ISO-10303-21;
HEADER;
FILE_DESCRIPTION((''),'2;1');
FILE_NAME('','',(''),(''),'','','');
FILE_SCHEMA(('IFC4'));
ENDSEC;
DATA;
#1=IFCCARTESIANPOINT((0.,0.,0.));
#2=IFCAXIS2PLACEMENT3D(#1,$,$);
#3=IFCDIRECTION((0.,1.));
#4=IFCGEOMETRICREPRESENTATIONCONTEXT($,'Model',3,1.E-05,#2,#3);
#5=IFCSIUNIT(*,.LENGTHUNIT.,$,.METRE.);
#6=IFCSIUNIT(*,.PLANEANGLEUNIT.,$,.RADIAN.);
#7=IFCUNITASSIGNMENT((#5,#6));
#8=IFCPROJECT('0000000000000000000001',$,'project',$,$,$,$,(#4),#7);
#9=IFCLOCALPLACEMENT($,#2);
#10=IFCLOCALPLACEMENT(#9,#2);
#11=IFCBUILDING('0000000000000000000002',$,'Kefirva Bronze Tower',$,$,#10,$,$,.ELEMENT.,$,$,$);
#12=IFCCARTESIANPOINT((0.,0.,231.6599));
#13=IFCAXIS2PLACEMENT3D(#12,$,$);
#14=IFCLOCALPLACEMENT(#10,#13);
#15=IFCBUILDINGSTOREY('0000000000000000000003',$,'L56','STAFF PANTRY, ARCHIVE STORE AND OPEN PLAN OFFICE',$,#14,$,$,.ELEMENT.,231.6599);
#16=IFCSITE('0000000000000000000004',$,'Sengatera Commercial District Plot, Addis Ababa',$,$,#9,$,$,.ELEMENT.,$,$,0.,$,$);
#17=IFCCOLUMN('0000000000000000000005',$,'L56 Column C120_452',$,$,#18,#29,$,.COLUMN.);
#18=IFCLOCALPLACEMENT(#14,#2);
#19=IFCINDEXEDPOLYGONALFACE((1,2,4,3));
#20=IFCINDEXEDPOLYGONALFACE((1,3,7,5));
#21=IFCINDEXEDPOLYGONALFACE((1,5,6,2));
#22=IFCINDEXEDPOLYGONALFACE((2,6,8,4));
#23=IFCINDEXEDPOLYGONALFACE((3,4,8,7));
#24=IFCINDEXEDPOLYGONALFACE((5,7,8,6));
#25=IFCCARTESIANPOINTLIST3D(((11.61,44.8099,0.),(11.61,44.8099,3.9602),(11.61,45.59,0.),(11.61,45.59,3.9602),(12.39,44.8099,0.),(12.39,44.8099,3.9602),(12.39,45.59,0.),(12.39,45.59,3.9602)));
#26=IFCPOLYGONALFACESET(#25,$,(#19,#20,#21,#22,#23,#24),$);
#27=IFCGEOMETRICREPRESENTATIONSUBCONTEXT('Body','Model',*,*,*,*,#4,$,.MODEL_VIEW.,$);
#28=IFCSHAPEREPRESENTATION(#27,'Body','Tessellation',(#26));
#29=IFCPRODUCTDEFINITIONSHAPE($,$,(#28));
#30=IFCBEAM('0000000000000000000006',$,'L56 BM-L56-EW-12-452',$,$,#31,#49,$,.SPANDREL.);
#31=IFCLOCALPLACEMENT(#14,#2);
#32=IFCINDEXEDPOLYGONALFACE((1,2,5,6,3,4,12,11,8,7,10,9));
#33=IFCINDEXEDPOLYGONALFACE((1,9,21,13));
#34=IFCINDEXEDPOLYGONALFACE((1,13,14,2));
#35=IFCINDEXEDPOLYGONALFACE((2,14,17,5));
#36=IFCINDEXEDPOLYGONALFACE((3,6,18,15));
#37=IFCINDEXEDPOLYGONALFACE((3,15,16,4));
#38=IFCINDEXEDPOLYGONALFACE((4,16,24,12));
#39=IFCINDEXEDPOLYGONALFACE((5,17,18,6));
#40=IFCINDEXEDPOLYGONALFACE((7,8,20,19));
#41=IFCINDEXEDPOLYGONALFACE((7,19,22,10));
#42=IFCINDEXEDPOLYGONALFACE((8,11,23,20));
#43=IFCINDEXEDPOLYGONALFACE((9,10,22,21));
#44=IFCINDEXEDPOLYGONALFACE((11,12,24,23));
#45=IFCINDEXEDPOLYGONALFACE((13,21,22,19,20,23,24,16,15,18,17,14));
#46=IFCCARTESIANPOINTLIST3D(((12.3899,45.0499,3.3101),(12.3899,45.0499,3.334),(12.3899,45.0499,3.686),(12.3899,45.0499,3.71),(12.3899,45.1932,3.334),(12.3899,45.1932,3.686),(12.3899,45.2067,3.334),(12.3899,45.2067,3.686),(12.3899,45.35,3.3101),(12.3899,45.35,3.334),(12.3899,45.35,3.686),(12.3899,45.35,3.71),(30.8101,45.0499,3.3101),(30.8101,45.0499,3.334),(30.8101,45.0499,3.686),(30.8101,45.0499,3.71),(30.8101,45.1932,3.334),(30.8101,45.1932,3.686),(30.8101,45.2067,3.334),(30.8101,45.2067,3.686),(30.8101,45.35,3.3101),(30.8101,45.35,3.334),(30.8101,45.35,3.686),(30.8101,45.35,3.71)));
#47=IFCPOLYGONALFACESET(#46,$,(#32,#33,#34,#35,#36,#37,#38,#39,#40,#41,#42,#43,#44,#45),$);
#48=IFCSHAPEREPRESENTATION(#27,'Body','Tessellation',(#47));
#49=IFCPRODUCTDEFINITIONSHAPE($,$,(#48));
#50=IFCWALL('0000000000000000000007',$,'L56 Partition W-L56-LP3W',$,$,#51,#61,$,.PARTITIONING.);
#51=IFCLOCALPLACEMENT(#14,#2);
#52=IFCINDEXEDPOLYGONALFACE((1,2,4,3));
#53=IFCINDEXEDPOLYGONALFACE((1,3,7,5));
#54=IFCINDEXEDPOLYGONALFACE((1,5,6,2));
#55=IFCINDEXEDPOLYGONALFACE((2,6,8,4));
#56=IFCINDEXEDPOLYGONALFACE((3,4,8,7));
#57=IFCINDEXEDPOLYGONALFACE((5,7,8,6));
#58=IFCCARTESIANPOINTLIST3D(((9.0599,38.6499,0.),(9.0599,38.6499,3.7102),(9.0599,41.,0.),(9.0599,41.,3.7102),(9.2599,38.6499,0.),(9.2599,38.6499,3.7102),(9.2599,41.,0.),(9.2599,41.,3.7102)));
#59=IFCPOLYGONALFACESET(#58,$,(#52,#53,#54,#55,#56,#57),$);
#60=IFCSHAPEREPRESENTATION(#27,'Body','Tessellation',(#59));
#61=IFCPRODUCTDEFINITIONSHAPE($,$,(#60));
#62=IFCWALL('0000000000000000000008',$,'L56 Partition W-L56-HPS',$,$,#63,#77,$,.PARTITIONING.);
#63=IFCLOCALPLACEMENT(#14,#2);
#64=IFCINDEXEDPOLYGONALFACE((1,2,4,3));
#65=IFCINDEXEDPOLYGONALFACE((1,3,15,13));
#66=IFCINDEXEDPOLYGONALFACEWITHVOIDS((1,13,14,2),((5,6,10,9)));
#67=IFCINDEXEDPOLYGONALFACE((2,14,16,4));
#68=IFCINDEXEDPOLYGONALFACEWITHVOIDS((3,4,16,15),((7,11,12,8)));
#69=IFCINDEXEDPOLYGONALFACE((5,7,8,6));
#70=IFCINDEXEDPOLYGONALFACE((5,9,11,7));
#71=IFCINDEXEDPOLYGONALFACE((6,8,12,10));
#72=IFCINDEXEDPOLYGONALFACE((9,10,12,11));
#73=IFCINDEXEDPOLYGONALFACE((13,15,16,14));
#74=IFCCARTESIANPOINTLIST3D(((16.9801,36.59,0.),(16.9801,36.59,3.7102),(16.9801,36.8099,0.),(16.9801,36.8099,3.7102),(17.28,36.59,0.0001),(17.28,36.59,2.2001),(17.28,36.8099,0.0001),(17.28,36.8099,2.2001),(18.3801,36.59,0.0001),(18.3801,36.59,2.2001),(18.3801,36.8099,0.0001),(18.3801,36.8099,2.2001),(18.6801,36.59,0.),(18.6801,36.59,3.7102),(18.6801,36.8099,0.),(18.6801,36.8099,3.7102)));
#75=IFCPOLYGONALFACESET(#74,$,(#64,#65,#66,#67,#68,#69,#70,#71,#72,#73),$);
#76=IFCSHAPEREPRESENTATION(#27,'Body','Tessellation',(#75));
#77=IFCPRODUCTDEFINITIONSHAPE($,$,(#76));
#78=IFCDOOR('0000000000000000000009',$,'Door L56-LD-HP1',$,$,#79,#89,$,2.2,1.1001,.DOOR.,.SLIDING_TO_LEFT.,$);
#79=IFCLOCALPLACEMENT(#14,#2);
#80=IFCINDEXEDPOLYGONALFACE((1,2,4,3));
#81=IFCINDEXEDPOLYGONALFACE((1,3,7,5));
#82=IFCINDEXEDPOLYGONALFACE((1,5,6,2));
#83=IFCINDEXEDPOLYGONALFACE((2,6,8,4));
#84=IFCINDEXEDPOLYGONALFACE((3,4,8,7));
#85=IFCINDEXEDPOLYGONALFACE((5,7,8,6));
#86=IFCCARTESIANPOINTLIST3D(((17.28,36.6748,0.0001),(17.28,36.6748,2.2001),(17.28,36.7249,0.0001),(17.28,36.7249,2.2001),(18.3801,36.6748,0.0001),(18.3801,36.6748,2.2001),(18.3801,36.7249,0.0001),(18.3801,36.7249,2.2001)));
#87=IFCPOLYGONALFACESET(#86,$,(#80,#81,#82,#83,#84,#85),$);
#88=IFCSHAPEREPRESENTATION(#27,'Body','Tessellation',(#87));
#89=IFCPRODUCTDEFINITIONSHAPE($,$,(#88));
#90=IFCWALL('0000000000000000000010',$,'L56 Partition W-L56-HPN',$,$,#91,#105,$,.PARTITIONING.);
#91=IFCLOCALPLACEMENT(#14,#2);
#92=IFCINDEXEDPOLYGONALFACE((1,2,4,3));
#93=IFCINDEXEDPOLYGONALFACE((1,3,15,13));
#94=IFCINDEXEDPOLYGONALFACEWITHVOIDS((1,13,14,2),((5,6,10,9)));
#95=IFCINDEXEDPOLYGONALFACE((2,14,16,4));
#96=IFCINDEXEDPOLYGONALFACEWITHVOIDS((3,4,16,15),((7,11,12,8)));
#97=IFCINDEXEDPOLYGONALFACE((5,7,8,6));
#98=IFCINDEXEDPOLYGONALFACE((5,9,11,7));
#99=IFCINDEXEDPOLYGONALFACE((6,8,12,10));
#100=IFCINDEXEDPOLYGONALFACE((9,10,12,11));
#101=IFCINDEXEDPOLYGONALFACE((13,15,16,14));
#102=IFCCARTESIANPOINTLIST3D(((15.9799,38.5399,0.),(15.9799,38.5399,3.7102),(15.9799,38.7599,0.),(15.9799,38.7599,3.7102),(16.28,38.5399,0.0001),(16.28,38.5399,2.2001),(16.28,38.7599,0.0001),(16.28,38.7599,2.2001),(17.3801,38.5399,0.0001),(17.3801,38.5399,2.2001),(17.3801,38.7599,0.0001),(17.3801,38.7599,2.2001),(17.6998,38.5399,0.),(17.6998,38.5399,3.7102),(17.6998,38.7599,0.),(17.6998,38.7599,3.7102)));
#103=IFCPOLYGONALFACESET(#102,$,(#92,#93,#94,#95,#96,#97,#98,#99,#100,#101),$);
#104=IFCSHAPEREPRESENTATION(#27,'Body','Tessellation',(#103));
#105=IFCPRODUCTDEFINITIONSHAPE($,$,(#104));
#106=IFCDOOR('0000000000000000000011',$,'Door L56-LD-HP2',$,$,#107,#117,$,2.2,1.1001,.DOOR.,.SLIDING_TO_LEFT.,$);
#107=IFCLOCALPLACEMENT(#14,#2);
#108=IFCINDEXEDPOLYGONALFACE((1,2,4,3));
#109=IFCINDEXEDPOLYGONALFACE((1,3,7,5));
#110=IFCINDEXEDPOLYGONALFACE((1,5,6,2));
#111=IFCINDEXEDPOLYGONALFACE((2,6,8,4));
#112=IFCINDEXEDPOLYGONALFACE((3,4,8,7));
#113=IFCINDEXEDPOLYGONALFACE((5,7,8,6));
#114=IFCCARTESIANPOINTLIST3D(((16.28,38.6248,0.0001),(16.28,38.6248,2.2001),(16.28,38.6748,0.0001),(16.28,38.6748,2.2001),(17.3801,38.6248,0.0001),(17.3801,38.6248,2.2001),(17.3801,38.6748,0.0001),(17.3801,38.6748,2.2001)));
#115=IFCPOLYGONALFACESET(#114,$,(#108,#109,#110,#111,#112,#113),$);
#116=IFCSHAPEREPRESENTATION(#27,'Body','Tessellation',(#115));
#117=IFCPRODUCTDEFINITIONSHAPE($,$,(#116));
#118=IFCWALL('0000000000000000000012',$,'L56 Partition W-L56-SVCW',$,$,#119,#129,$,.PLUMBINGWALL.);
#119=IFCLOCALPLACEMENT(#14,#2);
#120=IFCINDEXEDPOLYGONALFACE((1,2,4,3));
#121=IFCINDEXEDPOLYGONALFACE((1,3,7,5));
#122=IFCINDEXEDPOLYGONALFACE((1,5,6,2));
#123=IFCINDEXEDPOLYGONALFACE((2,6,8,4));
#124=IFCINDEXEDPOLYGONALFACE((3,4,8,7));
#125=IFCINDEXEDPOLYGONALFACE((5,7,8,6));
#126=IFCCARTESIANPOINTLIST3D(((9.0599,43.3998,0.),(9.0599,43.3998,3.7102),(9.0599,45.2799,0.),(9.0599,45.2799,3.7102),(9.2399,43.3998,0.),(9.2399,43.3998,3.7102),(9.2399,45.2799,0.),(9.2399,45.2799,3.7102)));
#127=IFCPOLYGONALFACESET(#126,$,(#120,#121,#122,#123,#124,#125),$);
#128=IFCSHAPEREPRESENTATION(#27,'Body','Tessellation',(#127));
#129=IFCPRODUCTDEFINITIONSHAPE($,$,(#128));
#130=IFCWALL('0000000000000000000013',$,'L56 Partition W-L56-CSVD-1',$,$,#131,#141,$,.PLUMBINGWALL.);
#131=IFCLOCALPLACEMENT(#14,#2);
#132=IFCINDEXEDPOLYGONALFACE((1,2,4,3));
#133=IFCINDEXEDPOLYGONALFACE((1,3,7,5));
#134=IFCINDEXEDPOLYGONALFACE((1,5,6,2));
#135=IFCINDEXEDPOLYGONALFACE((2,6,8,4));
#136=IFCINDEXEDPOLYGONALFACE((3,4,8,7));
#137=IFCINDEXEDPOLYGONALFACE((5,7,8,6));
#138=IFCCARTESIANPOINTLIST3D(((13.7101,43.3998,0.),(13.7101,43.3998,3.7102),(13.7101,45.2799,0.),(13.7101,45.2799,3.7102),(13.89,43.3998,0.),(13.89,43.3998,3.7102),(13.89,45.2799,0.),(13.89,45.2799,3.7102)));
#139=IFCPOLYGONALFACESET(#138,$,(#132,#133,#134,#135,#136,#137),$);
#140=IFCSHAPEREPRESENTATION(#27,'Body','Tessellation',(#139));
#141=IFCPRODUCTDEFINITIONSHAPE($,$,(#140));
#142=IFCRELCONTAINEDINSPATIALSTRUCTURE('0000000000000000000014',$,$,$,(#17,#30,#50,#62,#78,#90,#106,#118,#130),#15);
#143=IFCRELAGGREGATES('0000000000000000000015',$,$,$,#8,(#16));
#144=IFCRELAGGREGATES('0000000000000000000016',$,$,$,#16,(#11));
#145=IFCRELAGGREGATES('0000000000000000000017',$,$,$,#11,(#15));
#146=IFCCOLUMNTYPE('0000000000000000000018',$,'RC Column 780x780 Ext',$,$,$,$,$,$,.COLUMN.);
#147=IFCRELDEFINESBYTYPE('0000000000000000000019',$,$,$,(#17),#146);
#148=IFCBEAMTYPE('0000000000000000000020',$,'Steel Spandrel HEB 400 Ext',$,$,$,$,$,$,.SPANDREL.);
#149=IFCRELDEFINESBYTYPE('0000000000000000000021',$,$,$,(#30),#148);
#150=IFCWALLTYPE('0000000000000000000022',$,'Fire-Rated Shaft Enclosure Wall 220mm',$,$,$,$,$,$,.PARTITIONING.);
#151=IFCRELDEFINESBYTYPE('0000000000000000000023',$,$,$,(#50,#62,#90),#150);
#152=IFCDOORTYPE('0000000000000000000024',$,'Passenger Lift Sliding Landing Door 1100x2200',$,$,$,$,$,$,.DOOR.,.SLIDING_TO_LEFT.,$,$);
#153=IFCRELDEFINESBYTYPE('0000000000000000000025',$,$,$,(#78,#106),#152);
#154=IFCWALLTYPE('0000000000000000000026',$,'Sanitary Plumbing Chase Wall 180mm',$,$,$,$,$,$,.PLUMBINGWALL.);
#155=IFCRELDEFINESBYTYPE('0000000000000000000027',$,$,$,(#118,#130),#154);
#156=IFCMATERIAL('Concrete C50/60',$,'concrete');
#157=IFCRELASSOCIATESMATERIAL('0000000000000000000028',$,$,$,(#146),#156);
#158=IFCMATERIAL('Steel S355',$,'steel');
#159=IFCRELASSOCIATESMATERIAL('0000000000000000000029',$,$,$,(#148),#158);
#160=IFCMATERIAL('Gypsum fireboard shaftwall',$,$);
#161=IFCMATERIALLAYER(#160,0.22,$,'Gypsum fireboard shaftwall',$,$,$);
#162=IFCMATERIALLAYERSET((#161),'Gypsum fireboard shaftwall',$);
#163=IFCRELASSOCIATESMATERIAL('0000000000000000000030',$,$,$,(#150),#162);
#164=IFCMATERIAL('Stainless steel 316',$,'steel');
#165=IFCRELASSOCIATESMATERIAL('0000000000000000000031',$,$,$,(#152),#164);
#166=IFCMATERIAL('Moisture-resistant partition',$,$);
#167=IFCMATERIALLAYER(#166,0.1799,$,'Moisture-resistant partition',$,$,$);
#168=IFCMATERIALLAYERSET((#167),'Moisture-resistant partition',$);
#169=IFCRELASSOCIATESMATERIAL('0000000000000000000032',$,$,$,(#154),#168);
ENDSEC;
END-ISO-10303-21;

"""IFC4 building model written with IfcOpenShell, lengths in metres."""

from ifc_helpers import new_model, si_unit, direction, frame, frame_2d, origin, origin_2d, place, context, subcontext, project, spatial, rectangle, i_section, extrude, material, layer, layer_set, material_profile, profile_set, type_object, element, fill, save


model = new_model("IFC4")

# Units and contexts
model_context = context("Model", 3, precision=1e-05, world=origin(), true_north=direction((0.0, 1.0)))
body_context = subcontext(model_context, "Body", "Model", "MODEL_VIEW")
ifc_project = project(units=[si_unit("LENGTHUNIT", "METRE"), si_unit("PLANEANGLEUNIT", "RADIAN")], contexts=[model_context])

# Site, building, storey
site_placement = place(None, origin())
site = spatial("IfcSite", under=ifc_project, at=site_placement, Name="Sengatera Commercial District Plot, Addis Ababa", CompositionType="ELEMENT", RefElevation=0.0)
building_placement = place(site_placement, origin())
building = spatial("IfcBuilding", under=site, at=building_placement, Name="Kefirva Bronze Tower", CompositionType="ELEMENT")
storey_placement = place(building_placement, frame((0.0, 0.0, 231.6599)))
storey = spatial("IfcBuildingStorey", under=building, at=storey_placement, Name="L56", Description="STAFF PANTRY, ARCHIVE STORE AND OPEN PLAN OFFICE", CompositionType="ELEMENT", Elevation=231.6599)

# Column
ifc_material_1 = material(Name="Concrete C50/60", Category="concrete")
ifc_material_profile_1 = material_profile(ifc_material_1, rectangle(XDim=0.78, YDim=0.78, at=origin_2d()), Name="RC 780x780")
ifc_profile_set_1 = profile_set([ifc_material_profile_1], Name="Concrete C50/60")
column_type = type_object("IfcColumnType", Name="RC Column 780x780 Ext", PredefinedType="COLUMN", material=ifc_profile_set_1)
column_placement = place(storey_placement, frame((12.0, 45.2, 0.0), z_axis=(0.0, 0.0, 1.0), x_axis=(1.0, 0.0, 0.0)))
element("IfcColumn", 1, at=column_placement, inside=storey, type_object=column_type, Name="L56 Column C120_452", PredefinedType="COLUMN", context=body_context, shape_type="SweptSolid", body=[
    extrude(rectangle(XDim=0.78, YDim=0.78, at=origin_2d()), origin(), (0.0, 0.0, 1.0), 3.9602),
])

# Beam
ifc_material_2 = material(Name="Steel S355", Category="steel")
ifc_material_profile_2 = material_profile(ifc_material_2, i_section(OverallWidth=0.3, OverallDepth=0.3999, WebThickness=0.0134, FlangeThickness=0.0239, at=origin_2d()), Name="HEB 400")
ifc_profile_set_2 = profile_set([ifc_material_profile_2], Name="Steel S355")
beam_type = type_object("IfcBeamType", Name="Steel Spandrel HEB 400 Ext", PredefinedType="SPANDREL", material=ifc_profile_set_2)
beam_placement = place(storey_placement, frame((12.3899, 45.2, 3.51), z_axis=(1.0, 0.0, 0.0), x_axis=(0.0, 1.0, 0.0)))
element("IfcBeam", 2, at=beam_placement, inside=storey, type_object=beam_type, Name="L56 BM-L56-EW-12-452", PredefinedType="SPANDREL", context=body_context, shape_type="SweptSolid", body=[
    extrude(i_section(OverallWidth=0.3, OverallDepth=0.3999, WebThickness=0.0134, FlangeThickness=0.0239, at=origin_2d()), origin(), (0.0, 0.0, 1.0), 18.4202),
])

# Wall
ifc_material_3 = material(Name="Gypsum fireboard shaftwall")
ifc_layer_1 = layer(ifc_material_3, 0.22, Name="Gypsum fireboard shaftwall")
ifc_layer_set_1 = layer_set([ifc_layer_1], Name="Gypsum fireboard shaftwall")
wall_type_1 = type_object("IfcWallType", Name="Fire-Rated Shaft Enclosure Wall 220mm", PredefinedType="PARTITIONING", material=ifc_layer_set_1)
wall_1_placement = place(storey_placement, frame((9.1599, 38.6499, 0.0), z_axis=(0.0, 0.0, 1.0), x_axis=(0.0, 1.0, 0.0)))
element("IfcWall", 3, at=wall_1_placement, inside=storey, type_object=wall_type_1, Name="L56 Partition W-L56-LP3W", PredefinedType="PARTITIONING", context=body_context, shape_type="SweptSolid", body=[
    extrude(rectangle(XDim=2.3501, YDim=0.2, at=frame_2d((1.175, 0.0))), origin(), (0.0, 0.0, 1.0), 3.7102),
])

# Walls, openings, doors
wall_2_placement = place(storey_placement, frame((16.98, 36.7, 0.0), z_axis=(0.0, 0.0, 1.0), x_axis=(1.0, 0.0, 0.0)))
wall_2 = element("IfcWall", 4, at=wall_2_placement, inside=storey, type_object=wall_type_1, Name="L56 Partition W-L56-HPS", PredefinedType="PARTITIONING", context=body_context, shape_type="SweptSolid", body=[
    extrude(rectangle(XDim=1.7, YDim=0.22, at=frame_2d((0.8501, 0.0))), origin(), (0.0, 0.0, 1.0), 3.7102),
])
opening_1_placement = place(wall_2_placement, frame((0.3, 0.0, 0.0)))
opening_1 = element("IfcOpeningElement", 5, at=opening_1_placement, cuts=wall_2, PredefinedType="OPENING", context=body_context, shape_type="SweptSolid", body=[
    extrude(rectangle(XDim=1.1001, YDim=2.2, at=frame_2d((0.55, 1.1001))), frame((0.0, 0.1201, 0.0), z_axis=(0.0, -1.0, 0.0), x_axis=(1.0, 0.0, 0.0)), (0.0, 0.0, 1.0), 0.24),
])
ifc_material_4 = material(Name="Stainless steel 316", Category="steel")
door_type_1 = type_object("IfcDoorType", Name="Passenger Lift Sliding Landing Door 1100x2200", OperationType="SLIDING_TO_LEFT", PredefinedType="DOOR", material=ifc_material_4)
door_1_placement = place(opening_1_placement, origin())
door_1 = element("IfcDoor", 6, at=door_1_placement, inside=storey, type_object=door_type_1, Name="Door L56-LD-HP1", OperationType="SLIDING_TO_LEFT", OverallHeight=2.2, OverallWidth=1.1001, PredefinedType="DOOR", context=body_context, shape_type="SweptSolid", body=[
    extrude(rectangle(XDim=1.1001, YDim=2.2, at=frame_2d((0.55, 1.1001))), frame((0.0, 0.0249, 0.0), z_axis=(0.0, -1.0, 0.0), x_axis=(1.0, 0.0, 0.0)), (0.0, 0.0, 1.0), 0.05),
])
fill(opening_1, door_1)
wall_3_placement = place(storey_placement, frame((15.98, 38.6499, 0.0), z_axis=(0.0, 0.0, 1.0), x_axis=(1.0, 0.0, 0.0)))
wall_3 = element("IfcWall", 7, at=wall_3_placement, inside=storey, type_object=wall_type_1, Name="L56 Partition W-L56-HPN", PredefinedType="PARTITIONING", context=body_context, shape_type="SweptSolid", body=[
    extrude(rectangle(XDim=1.72, YDim=0.22, at=frame_2d((0.8599, 0.0))), origin(), (0.0, 0.0, 1.0), 3.7102),
])
opening_2_placement = place(wall_3_placement, frame((0.3, 0.0, 0.0)))
opening_2 = element("IfcOpeningElement", 8, at=opening_2_placement, cuts=wall_3, PredefinedType="OPENING", context=body_context, shape_type="SweptSolid", body=[
    extrude(rectangle(XDim=1.1001, YDim=2.2, at=frame_2d((0.55, 1.1001))), frame((0.0, 0.1201, 0.0), z_axis=(0.0, -1.0, 0.0), x_axis=(1.0, 0.0, 0.0)), (0.0, 0.0, 1.0), 0.24),
])
door_2_placement = place(opening_2_placement, origin())
door_2 = element("IfcDoor", 9, at=door_2_placement, inside=storey, type_object=door_type_1, Name="Door L56-LD-HP2", OperationType="SLIDING_TO_LEFT", OverallHeight=2.2, OverallWidth=1.1001, PredefinedType="DOOR", context=body_context, shape_type="SweptSolid", body=[
    extrude(rectangle(XDim=1.1001, YDim=2.2, at=frame_2d((0.55, 1.1001))), frame((0.0, 0.0249, 0.0), z_axis=(0.0, -1.0, 0.0), x_axis=(1.0, 0.0, 0.0)), (0.0, 0.0, 1.0), 0.05),
])
fill(opening_2, door_2)

# Walls
ifc_material_5 = material(Name="Moisture-resistant partition")
ifc_layer_2 = layer(ifc_material_5, 0.1799, Name="Moisture-resistant partition")
ifc_layer_set_2 = layer_set([ifc_layer_2], Name="Moisture-resistant partition")
wall_type_2 = type_object("IfcWallType", Name="Sanitary Plumbing Chase Wall 180mm", PredefinedType="PLUMBINGWALL", material=ifc_layer_set_2)
for number, where, z_axis, x_axis, name in (
    (10, (9.1499, 43.3999, 0.0), (0.0, 0.0, 1.0), (0.0, 1.0, 0.0), "L56 Partition W-L56-SVCW"),
    (11, (13.8, 43.3999, 0.0), (0.0, 0.0, 1.0), (0.0, 1.0, 0.0), "L56 Partition W-L56-CSVD-1"),
):
    element("IfcWall", number, at=place(storey_placement, frame(where, z_axis=z_axis, x_axis=x_axis)), inside=storey, type_object=wall_type_2, Name=name, PredefinedType="PLUMBINGWALL", context=body_context, shape_type="SweptSolid", body=[
        extrude(rectangle(XDim=1.8801, YDim=0.1799, at=frame_2d((0.9399, 0.0))), origin(), (0.0, 0.0, 1.0), 3.7102),
    ])

save(model, "model.ifc")
